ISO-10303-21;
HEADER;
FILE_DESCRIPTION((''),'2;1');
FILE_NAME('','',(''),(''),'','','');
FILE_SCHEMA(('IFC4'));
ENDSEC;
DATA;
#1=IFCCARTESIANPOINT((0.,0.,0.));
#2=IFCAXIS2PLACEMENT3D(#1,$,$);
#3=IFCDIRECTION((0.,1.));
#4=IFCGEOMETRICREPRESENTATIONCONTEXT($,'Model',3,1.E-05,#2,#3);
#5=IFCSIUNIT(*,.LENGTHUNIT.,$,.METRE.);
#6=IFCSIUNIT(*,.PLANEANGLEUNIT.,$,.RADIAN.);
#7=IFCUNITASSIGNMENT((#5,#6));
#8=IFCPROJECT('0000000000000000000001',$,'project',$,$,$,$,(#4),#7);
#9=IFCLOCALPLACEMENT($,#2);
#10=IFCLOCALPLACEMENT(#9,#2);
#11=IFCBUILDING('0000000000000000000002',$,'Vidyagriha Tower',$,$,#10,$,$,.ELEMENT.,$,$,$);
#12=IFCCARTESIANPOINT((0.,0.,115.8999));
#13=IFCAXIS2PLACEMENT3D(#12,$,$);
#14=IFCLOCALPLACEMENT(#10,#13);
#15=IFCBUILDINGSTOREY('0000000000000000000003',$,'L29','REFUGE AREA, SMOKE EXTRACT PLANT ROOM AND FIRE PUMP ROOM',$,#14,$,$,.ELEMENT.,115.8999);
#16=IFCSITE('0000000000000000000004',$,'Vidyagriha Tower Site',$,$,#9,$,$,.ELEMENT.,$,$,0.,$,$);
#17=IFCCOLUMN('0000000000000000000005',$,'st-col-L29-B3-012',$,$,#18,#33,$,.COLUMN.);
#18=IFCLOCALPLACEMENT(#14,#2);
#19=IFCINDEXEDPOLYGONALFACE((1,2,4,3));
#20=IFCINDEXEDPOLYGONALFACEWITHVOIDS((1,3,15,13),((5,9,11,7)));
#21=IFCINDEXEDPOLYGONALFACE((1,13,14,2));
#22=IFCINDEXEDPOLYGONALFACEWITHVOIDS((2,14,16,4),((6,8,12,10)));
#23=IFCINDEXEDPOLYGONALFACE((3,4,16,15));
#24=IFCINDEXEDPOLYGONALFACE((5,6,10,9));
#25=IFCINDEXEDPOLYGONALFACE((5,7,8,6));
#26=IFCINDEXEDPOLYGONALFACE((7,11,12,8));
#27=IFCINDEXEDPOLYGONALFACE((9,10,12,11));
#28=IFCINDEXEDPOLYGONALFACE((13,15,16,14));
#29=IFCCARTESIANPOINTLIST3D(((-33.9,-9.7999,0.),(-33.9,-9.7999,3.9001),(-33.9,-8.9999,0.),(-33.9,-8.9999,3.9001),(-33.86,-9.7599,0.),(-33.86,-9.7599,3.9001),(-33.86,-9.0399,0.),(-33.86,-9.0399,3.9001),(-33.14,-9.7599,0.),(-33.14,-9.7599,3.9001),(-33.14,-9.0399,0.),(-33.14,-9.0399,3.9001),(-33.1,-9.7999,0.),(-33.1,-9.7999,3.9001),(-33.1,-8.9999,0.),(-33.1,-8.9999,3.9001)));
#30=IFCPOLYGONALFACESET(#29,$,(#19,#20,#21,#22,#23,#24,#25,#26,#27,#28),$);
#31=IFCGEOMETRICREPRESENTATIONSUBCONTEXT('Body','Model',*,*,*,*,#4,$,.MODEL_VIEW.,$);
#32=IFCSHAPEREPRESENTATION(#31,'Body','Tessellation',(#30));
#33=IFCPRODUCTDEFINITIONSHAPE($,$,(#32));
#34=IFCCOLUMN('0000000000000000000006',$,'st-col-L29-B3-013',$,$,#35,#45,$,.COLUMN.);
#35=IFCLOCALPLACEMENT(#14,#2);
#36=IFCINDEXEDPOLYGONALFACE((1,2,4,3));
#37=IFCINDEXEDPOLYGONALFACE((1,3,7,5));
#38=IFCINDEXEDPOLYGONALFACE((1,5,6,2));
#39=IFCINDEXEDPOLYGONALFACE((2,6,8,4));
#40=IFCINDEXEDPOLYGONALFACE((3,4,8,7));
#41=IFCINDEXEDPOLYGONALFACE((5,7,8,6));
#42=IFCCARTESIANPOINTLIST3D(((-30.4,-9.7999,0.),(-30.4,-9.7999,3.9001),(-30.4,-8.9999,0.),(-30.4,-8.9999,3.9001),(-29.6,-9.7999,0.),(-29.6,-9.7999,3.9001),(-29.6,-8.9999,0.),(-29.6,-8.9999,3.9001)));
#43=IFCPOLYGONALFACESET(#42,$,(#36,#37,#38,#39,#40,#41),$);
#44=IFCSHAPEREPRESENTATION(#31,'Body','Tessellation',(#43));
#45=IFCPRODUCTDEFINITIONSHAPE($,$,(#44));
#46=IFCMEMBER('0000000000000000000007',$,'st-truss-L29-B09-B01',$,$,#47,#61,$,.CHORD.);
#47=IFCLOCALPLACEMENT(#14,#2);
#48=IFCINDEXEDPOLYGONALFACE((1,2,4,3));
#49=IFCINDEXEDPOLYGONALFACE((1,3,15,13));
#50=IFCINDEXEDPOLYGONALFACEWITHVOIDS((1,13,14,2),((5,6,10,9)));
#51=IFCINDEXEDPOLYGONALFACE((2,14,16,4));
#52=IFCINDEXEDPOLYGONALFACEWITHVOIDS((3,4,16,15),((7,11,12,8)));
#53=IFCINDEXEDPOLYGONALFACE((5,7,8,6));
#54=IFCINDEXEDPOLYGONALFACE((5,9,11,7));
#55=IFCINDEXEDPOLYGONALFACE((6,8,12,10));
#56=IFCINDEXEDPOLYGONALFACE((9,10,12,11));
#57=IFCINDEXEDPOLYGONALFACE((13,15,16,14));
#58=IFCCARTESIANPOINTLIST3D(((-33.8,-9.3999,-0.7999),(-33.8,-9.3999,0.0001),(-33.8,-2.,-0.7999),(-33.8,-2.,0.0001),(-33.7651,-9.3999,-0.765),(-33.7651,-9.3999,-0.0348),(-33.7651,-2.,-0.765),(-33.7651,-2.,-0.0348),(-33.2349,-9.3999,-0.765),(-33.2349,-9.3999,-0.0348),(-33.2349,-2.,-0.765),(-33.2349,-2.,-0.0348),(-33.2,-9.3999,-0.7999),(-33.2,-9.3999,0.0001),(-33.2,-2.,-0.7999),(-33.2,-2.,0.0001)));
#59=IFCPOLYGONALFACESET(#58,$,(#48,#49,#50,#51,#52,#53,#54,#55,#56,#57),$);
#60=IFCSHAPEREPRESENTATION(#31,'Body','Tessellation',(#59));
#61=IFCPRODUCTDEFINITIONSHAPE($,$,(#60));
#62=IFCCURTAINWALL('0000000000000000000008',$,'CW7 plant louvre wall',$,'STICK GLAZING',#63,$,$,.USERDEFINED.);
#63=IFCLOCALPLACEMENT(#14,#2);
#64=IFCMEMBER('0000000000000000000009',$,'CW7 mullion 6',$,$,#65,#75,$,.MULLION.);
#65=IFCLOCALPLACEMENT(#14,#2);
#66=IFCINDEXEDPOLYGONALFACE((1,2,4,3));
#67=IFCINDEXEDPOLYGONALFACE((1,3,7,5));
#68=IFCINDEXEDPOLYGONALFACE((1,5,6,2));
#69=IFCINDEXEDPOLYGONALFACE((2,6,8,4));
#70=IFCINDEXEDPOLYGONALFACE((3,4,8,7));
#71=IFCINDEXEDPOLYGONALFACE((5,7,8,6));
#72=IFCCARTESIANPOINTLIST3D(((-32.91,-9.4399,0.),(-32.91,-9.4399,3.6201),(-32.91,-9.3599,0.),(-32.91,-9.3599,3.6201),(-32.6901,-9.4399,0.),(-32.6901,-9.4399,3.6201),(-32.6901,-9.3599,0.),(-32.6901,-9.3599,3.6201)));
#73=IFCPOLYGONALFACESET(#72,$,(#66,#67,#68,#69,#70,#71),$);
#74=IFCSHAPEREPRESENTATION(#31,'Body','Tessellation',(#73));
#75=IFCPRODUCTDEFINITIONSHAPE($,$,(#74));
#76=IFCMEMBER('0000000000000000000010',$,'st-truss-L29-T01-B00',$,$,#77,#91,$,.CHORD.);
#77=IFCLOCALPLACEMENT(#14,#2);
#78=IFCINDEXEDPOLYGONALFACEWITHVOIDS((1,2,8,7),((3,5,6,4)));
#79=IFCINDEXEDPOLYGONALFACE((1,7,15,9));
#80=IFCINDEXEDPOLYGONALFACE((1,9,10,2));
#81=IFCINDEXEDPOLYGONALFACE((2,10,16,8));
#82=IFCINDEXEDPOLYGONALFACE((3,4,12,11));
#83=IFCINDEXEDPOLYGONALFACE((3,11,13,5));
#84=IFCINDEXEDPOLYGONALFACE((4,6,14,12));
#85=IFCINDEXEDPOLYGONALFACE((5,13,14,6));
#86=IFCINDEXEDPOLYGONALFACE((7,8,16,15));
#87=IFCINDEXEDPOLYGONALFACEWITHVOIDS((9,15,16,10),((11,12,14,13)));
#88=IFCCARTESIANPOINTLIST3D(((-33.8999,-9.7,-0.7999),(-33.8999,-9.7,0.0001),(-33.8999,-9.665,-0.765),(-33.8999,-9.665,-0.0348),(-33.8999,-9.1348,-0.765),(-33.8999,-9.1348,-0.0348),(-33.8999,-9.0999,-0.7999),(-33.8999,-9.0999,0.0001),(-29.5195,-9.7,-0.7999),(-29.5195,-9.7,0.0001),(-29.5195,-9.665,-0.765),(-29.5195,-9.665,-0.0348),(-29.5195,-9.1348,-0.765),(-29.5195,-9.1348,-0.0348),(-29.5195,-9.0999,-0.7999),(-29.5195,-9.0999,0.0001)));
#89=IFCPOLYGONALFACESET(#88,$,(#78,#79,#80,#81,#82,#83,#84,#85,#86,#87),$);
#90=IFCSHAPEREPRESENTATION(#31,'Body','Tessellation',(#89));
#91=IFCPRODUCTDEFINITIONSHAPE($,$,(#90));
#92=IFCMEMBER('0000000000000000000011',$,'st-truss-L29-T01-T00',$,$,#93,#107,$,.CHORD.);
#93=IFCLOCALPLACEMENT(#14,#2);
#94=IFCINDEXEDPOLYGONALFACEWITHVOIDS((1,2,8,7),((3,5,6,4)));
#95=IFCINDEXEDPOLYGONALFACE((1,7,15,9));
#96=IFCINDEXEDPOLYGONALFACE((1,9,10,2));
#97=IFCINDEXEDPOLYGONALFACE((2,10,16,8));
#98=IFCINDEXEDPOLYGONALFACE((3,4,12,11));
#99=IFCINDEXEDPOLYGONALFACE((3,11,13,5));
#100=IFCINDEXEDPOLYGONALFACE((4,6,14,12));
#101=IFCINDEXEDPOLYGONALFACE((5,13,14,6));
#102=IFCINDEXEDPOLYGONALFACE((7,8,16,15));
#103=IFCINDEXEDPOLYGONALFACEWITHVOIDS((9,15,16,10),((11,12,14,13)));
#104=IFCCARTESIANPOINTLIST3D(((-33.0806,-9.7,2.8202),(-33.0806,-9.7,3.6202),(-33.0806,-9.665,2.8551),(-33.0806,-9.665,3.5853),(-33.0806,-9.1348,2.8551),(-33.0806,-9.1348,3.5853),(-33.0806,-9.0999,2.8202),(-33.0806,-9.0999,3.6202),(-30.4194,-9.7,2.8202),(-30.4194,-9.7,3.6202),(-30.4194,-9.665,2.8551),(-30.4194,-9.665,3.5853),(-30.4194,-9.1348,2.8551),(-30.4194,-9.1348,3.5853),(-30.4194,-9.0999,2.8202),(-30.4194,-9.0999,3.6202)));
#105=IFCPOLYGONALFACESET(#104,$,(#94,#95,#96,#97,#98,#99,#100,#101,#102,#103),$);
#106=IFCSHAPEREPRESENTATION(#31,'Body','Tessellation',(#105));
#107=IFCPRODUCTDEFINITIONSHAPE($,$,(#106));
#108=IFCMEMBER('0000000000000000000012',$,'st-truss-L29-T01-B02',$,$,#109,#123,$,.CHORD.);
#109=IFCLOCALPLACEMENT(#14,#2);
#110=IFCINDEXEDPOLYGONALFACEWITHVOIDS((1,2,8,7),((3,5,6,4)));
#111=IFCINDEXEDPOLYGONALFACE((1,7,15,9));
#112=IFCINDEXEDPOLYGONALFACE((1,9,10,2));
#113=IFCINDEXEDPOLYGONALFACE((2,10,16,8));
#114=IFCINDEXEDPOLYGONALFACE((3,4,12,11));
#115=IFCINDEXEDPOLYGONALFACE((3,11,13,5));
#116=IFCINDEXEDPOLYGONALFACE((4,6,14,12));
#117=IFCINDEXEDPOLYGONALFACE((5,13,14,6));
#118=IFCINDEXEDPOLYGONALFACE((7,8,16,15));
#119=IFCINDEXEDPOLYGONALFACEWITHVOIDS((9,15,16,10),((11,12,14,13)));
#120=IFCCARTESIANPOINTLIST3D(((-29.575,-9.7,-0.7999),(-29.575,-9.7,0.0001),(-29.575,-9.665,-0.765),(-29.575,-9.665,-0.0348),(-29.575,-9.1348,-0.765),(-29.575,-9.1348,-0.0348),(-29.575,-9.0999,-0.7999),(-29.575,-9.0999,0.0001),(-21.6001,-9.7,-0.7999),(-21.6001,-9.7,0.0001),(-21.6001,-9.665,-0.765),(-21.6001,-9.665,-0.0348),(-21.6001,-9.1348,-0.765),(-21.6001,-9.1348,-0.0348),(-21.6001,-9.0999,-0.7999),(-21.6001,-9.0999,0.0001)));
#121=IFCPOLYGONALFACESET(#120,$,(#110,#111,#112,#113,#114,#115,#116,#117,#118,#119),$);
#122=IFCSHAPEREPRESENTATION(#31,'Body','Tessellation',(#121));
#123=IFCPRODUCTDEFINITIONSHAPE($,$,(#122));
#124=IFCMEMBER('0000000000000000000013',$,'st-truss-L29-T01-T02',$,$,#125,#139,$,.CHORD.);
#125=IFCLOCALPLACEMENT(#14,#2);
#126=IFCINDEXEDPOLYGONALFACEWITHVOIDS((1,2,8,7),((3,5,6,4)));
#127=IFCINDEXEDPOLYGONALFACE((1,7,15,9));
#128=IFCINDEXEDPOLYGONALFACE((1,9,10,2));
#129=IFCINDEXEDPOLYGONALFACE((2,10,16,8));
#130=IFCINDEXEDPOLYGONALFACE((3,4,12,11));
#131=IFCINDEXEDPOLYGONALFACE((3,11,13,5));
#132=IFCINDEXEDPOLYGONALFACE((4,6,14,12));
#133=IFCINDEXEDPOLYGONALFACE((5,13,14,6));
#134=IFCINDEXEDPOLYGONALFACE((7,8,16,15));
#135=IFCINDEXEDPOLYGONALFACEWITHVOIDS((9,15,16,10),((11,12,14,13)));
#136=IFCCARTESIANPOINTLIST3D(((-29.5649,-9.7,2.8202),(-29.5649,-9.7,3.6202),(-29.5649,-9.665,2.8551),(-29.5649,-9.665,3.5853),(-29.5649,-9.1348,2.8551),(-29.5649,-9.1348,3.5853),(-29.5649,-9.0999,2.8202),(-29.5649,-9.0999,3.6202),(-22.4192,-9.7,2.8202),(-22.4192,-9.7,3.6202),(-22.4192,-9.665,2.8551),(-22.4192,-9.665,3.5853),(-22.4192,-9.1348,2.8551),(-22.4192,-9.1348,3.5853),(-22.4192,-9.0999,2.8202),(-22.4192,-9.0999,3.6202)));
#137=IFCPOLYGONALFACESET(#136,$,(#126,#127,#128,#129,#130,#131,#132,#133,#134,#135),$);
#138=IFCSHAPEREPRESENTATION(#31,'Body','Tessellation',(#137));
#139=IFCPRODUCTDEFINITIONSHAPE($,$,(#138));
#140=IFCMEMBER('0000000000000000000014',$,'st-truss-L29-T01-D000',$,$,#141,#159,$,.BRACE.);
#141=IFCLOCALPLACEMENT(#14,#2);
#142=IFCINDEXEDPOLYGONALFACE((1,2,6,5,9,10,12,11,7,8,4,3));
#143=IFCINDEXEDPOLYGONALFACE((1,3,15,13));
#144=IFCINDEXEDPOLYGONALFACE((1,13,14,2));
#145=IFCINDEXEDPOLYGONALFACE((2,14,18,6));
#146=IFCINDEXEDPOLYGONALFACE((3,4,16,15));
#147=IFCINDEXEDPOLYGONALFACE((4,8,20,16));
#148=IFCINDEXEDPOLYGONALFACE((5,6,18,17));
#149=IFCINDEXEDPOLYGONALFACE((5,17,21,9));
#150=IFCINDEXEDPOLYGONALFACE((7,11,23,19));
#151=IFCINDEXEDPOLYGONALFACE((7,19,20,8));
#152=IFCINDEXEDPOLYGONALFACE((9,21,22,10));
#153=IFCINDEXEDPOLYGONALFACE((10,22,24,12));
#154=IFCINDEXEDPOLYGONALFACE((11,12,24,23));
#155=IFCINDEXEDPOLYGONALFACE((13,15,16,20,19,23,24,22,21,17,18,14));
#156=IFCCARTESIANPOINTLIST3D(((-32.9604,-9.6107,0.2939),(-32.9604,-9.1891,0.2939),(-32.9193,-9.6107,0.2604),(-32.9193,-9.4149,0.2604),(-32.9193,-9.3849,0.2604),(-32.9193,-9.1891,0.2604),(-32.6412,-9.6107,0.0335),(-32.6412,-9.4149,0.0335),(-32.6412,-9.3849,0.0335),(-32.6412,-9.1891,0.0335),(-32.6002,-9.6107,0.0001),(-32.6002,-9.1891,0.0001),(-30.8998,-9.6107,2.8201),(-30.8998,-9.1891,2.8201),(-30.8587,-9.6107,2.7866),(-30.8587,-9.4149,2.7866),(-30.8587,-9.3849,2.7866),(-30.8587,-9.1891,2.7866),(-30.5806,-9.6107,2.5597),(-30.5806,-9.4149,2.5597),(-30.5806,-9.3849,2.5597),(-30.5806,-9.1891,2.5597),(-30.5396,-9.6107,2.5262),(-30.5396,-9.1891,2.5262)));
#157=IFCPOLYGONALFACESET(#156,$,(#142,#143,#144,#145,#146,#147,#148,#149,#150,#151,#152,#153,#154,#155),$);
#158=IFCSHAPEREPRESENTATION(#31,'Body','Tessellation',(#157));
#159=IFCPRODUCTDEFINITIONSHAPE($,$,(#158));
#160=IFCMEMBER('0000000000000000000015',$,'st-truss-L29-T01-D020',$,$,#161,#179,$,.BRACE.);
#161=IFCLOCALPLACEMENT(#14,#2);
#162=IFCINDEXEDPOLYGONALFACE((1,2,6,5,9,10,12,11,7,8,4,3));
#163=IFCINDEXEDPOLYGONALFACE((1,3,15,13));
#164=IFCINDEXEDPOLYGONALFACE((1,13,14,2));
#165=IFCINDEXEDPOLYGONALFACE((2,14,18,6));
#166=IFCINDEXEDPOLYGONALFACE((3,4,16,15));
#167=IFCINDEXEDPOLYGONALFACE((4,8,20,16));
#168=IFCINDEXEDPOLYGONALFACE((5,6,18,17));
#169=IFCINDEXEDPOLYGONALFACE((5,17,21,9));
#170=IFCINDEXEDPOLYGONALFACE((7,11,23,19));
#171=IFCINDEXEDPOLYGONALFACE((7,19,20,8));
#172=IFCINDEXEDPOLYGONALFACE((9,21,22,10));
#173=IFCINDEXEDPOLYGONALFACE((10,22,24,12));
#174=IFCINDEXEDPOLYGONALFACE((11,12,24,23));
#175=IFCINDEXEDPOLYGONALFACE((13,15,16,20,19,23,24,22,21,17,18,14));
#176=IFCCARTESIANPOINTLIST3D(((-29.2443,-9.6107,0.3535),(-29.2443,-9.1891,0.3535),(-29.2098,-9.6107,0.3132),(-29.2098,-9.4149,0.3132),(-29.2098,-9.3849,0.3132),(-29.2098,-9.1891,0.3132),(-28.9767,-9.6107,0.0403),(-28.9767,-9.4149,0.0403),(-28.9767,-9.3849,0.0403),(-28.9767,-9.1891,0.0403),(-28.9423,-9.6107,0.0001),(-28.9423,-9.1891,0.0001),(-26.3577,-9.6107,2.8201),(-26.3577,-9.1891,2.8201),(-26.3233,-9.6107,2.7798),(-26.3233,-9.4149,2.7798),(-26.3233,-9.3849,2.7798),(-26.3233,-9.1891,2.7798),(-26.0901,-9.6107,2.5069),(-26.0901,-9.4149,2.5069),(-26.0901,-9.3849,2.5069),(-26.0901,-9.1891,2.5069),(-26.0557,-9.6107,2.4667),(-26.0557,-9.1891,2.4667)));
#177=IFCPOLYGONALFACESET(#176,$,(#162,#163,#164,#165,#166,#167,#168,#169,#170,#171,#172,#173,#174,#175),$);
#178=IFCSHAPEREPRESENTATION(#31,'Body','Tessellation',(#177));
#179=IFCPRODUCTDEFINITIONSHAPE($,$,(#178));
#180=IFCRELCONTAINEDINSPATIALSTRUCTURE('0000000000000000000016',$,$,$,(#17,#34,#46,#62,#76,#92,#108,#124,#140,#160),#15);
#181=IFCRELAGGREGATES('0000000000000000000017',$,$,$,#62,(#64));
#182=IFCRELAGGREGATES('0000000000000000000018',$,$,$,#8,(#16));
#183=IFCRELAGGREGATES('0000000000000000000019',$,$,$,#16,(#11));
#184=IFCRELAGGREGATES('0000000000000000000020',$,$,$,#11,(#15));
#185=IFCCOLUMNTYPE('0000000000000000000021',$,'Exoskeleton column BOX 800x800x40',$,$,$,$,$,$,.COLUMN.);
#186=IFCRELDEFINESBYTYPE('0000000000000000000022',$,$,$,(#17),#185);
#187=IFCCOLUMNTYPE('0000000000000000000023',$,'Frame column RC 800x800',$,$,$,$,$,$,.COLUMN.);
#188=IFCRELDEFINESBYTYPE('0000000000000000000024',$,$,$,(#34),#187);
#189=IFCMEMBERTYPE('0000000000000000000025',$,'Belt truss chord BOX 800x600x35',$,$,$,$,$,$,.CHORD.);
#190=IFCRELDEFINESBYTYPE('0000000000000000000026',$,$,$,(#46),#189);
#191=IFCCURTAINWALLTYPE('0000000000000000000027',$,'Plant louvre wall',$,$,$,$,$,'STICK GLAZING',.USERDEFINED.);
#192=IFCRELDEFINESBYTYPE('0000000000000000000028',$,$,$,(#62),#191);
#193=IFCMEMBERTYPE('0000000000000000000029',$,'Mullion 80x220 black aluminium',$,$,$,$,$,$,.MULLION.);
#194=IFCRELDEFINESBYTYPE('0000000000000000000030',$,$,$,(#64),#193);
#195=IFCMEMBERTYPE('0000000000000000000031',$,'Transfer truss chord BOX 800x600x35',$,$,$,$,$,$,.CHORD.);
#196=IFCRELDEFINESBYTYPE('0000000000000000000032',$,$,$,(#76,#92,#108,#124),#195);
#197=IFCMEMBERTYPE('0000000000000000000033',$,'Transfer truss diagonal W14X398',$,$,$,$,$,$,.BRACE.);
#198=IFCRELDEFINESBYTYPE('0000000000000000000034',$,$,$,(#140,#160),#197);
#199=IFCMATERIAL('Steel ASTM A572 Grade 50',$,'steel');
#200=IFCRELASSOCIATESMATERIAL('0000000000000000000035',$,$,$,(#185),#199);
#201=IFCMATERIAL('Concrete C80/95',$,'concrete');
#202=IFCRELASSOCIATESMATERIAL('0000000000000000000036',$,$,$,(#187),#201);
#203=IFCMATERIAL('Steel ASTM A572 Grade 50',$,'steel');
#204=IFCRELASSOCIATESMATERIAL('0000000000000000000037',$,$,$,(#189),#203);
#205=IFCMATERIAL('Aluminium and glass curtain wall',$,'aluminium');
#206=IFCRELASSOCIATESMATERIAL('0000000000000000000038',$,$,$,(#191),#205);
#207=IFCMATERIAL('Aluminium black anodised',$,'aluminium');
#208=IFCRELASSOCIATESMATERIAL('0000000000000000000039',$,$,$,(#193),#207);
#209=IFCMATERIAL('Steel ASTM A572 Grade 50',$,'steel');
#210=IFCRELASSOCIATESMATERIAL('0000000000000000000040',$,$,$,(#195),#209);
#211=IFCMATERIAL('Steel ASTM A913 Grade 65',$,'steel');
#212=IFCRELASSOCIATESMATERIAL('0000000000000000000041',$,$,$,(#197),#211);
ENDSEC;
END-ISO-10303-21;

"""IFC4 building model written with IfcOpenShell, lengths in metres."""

from ifc_helpers import new_model, si_unit, direction, frame, origin, origin_2d, place, context, subcontext, project, spatial, rectangle, hollow_rectangle, i_section, extrude, material, material_profile, profile_set, type_object, element, aggregate, save


model = new_model("IFC4")

# Units and contexts
model_context = context("Model", 3, precision=1e-05, world=origin(), true_north=direction((0.0, 1.0)))
body_context = subcontext(model_context, "Body", "Model", "MODEL_VIEW")
ifc_project = project(units=[si_unit("LENGTHUNIT", "METRE"), si_unit("PLANEANGLEUNIT", "RADIAN")], contexts=[model_context])

# Site, building, storey
site_placement = place(None, origin())
site = spatial("IfcSite", under=ifc_project, at=site_placement, Name="Vidyagriha Tower Site", CompositionType="ELEMENT", RefElevation=0.0)
building_placement = place(site_placement, origin())
building = spatial("IfcBuilding", under=site, at=building_placement, Name="Vidyagriha Tower", CompositionType="ELEMENT")
storey_placement = place(building_placement, frame((0.0, 0.0, 115.8999)))
storey = spatial("IfcBuildingStorey", under=building, at=storey_placement, Name="L29", Description="REFUGE AREA, SMOKE EXTRACT PLANT ROOM AND FIRE PUMP ROOM", CompositionType="ELEMENT", Elevation=115.8999)

# Columns
ifc_material_1 = material(Name="Steel ASTM A572 Grade 50", Category="steel")
ifc_material_profile_1 = material_profile(ifc_material_1, hollow_rectangle(XDim=0.8, YDim=0.8, WallThickness=0.04, at=origin_2d()), Name="BOX 800x800x40")
ifc_profile_set_1 = profile_set([ifc_material_profile_1], Name="Steel ASTM A572 Grade 50")
column_type_1 = type_object("IfcColumnType", Name="Exoskeleton column BOX 800x800x40", PredefinedType="COLUMN", material=ifc_profile_set_1)
column_1_placement = place(storey_placement, frame((-33.5, -9.3999, 0.0)))
element("IfcColumn", 1, at=column_1_placement, inside=storey, type_object=column_type_1, Name="st-col-L29-B3-012", PredefinedType="COLUMN", context=body_context, shape_type="SweptSolid", body=[
    extrude(hollow_rectangle(XDim=0.8, YDim=0.8, WallThickness=0.04, at=origin_2d()), origin(), (0.0, 0.0, 1.0), 3.9001),
])
ifc_material_2 = material(Name="Concrete C80/95", Category="concrete")
ifc_material_profile_2 = material_profile(ifc_material_2, rectangle(XDim=0.8, YDim=0.8, at=origin_2d()), Name="RC 800x800")
ifc_profile_set_2 = profile_set([ifc_material_profile_2], Name="Concrete C80/95")
column_type_2 = type_object("IfcColumnType", Name="Frame column RC 800x800", PredefinedType="COLUMN", material=ifc_profile_set_2)
column_2_placement = place(storey_placement, frame((-30.0, -9.3999, 0.0)))
element("IfcColumn", 2, at=column_2_placement, inside=storey, type_object=column_type_2, Name="st-col-L29-B3-013", PredefinedType="COLUMN", context=body_context, shape_type="SweptSolid", body=[
    extrude(rectangle(XDim=0.8, YDim=0.8, at=origin_2d()), origin(), (0.0, 0.0, 1.0), 3.9001),
])

# Member
ifc_material_3 = material(Name="Steel ASTM A572 Grade 50", Category="steel")
ifc_material_profile_3 = material_profile(ifc_material_3, hollow_rectangle(XDim=0.6001, YDim=0.8, WallThickness=0.0349, at=origin_2d()), Name="BOX 800x600x35")
ifc_profile_set_3 = profile_set([ifc_material_profile_3], Name="Steel ASTM A572 Grade 50")
member_type_1 = type_object("IfcMemberType", Name="Belt truss chord BOX 800x600x35", PredefinedType="CHORD", material=ifc_profile_set_3)
member_1_placement = place(storey_placement, frame((-33.5, -9.3999, -0.3999), z_axis=(0.0, 1.0, 0.0), x_axis=(-1.0, 0.0, 0.0)))
element("IfcMember", 3, at=member_1_placement, inside=storey, type_object=member_type_1, Name="st-truss-L29-B09-B01", PredefinedType="CHORD", context=body_context, shape_type="SweptSolid", body=[
    extrude(hollow_rectangle(XDim=0.6001, YDim=0.8, WallThickness=0.0349, at=origin_2d()), origin(), (0.0, 0.0, 1.0), 7.3999),
])

# Curtain wall, member
ifc_material_4 = material(Name="Aluminium and glass curtain wall", Category="aluminium")
curtain_wall_type = type_object("IfcCurtainWallType", Name="Plant louvre wall", ElementType="STICK GLAZING", PredefinedType="USERDEFINED", material=ifc_material_4)
curtain_wall_placement = place(storey_placement, origin())
curtain_wall = element("IfcCurtainWall", 4, at=curtain_wall_placement, inside=storey, type_object=curtain_wall_type, Name="CW7 plant louvre wall", ObjectType="STICK GLAZING", PredefinedType="USERDEFINED")
ifc_material_5 = material(Name="Aluminium black anodised", Category="aluminium")
ifc_material_profile_4 = material_profile(ifc_material_5, rectangle(XDim=0.22, YDim=0.0801, at=origin_2d()), Name="Mullion 80x220 black aluminium")
ifc_profile_set_4 = profile_set([ifc_material_profile_4], Name="Aluminium black anodised")
member_type_2 = type_object("IfcMemberType", Name="Mullion 80x220 black aluminium", PredefinedType="MULLION", material=ifc_profile_set_4)
member_2_placement = place(storey_placement, frame((-32.8, -9.3999, 0.0)))
member_2 = element("IfcMember", 5, at=member_2_placement, type_object=member_type_2, Name="CW7 mullion 6", PredefinedType="MULLION", context=body_context, shape_type="SweptSolid", body=[
    extrude(rectangle(XDim=0.22, YDim=0.0801, at=origin_2d()), origin(), (0.0, 0.0, 1.0), 3.6201),
])

# Members
ifc_material_6 = material(Name="Steel ASTM A572 Grade 50", Category="steel")
ifc_material_profile_5 = material_profile(ifc_material_6, hollow_rectangle(XDim=0.6001, YDim=0.8, WallThickness=0.0349, at=origin_2d()), Name="BOX 800x600x35")
ifc_profile_set_5 = profile_set([ifc_material_profile_5], Name="Steel ASTM A572 Grade 50")
member_type_3 = type_object("IfcMemberType", Name="Transfer truss chord BOX 800x600x35", PredefinedType="CHORD", material=ifc_profile_set_5)
member_3_placement = place(storey_placement, frame((-33.8999, -9.3999, -0.3999), z_axis=(1.0, 0.0, 0.0), x_axis=(0.0, 1.0, 0.0)))
element("IfcMember", 6, at=member_3_placement, inside=storey, type_object=member_type_3, Name="st-truss-L29-T01-B00", PredefinedType="CHORD", context=body_context, shape_type="SweptSolid", body=[
    extrude(hollow_rectangle(XDim=0.6001, YDim=0.8, WallThickness=0.0349, at=origin_2d()), origin(), (0.0, 0.0, 1.0), 4.3804),
])
member_4_placement = place(storey_placement, frame((-33.0806, -9.3999, 3.2202), z_axis=(1.0, 0.0, 0.0), x_axis=(0.0, 1.0, 0.0)))
element("IfcMember", 7, at=member_4_placement, inside=storey, type_object=member_type_3, Name="st-truss-L29-T01-T00", PredefinedType="CHORD", context=body_context, shape_type="SweptSolid", body=[
    extrude(hollow_rectangle(XDim=0.6001, YDim=0.8, WallThickness=0.0349, at=origin_2d()), origin(), (0.0, 0.0, 1.0), 2.6611),
])
member_5_placement = place(storey_placement, frame((-29.575, -9.3999, -0.3999), z_axis=(1.0, 0.0, 0.0), x_axis=(0.0, 1.0, 0.0)))
element("IfcMember", 8, at=member_5_placement, inside=storey, type_object=member_type_3, Name="st-truss-L29-T01-B02", PredefinedType="CHORD", context=body_context, shape_type="SweptSolid", body=[
    extrude(hollow_rectangle(XDim=0.6001, YDim=0.8, WallThickness=0.0349, at=origin_2d()), origin(), (0.0, 0.0, 1.0), 7.9749),
])
member_6_placement = place(storey_placement, frame((-29.5649, -9.3999, 3.2202), z_axis=(1.0, 0.0, 0.0), x_axis=(0.0, 1.0, 0.0)))
element("IfcMember", 9, at=member_6_placement, inside=storey, type_object=member_type_3, Name="st-truss-L29-T01-T02", PredefinedType="CHORD", context=body_context, shape_type="SweptSolid", body=[
    extrude(hollow_rectangle(XDim=0.6001, YDim=0.8, WallThickness=0.0349, at=origin_2d()), origin(), (0.0, 0.0, 1.0), 7.1458),
])
ifc_material_7 = material(Name="Steel ASTM A913 Grade 65", Category="steel")
ifc_material_profile_6 = material_profile(ifc_material_7, i_section(OverallWidth=0.4216, OverallDepth=0.4648, WebThickness=0.03, FlangeThickness=0.053, at=origin_2d()), Name="W14X398")
ifc_profile_set_6 = profile_set([ifc_material_profile_6], Name="Steel ASTM A913 Grade 65")
member_type_4 = type_object("IfcMemberType", Name="Transfer truss diagonal W14X398", PredefinedType="BRACE", material=ifc_profile_set_6)
member_7_placement = place(storey_placement, frame((-32.7803, -9.3999, 0.147), z_axis=(0.632083, 0.0, 0.774901), x_axis=(0.0, 1.0, 0.0)))
element("IfcMember", 10, at=member_7_placement, inside=storey, type_object=member_type_4, Name="st-truss-L29-T01-D000", PredefinedType="BRACE", context=body_context, shape_type="SweptSolid", body=[
    extrude(i_section(OverallWidth=0.4216, OverallDepth=0.4648, WebThickness=0.03, FlangeThickness=0.053, at=origin_2d()), origin(), (0.0, 0.0, 1.0), 3.26),
])
member_8_placement = place(storey_placement, frame((-29.0933, -9.3999, 0.1768), z_axis=(0.760241, 0.0, 0.649642), x_axis=(0.0, 1.0, 0.0)))
element("IfcMember", 11, at=member_8_placement, inside=storey, type_object=member_type_4, Name="st-truss-L29-T01-D020", PredefinedType="BRACE", context=body_context, shape_type="SweptSolid", body=[
    extrude(i_section(OverallWidth=0.4216, OverallDepth=0.4648, WebThickness=0.03, FlangeThickness=0.053, at=origin_2d()), origin(), (0.0, 0.0, 1.0), 3.7969),
])

aggregate(curtain_wall, [member_2])

save(model, "model.ifc")
